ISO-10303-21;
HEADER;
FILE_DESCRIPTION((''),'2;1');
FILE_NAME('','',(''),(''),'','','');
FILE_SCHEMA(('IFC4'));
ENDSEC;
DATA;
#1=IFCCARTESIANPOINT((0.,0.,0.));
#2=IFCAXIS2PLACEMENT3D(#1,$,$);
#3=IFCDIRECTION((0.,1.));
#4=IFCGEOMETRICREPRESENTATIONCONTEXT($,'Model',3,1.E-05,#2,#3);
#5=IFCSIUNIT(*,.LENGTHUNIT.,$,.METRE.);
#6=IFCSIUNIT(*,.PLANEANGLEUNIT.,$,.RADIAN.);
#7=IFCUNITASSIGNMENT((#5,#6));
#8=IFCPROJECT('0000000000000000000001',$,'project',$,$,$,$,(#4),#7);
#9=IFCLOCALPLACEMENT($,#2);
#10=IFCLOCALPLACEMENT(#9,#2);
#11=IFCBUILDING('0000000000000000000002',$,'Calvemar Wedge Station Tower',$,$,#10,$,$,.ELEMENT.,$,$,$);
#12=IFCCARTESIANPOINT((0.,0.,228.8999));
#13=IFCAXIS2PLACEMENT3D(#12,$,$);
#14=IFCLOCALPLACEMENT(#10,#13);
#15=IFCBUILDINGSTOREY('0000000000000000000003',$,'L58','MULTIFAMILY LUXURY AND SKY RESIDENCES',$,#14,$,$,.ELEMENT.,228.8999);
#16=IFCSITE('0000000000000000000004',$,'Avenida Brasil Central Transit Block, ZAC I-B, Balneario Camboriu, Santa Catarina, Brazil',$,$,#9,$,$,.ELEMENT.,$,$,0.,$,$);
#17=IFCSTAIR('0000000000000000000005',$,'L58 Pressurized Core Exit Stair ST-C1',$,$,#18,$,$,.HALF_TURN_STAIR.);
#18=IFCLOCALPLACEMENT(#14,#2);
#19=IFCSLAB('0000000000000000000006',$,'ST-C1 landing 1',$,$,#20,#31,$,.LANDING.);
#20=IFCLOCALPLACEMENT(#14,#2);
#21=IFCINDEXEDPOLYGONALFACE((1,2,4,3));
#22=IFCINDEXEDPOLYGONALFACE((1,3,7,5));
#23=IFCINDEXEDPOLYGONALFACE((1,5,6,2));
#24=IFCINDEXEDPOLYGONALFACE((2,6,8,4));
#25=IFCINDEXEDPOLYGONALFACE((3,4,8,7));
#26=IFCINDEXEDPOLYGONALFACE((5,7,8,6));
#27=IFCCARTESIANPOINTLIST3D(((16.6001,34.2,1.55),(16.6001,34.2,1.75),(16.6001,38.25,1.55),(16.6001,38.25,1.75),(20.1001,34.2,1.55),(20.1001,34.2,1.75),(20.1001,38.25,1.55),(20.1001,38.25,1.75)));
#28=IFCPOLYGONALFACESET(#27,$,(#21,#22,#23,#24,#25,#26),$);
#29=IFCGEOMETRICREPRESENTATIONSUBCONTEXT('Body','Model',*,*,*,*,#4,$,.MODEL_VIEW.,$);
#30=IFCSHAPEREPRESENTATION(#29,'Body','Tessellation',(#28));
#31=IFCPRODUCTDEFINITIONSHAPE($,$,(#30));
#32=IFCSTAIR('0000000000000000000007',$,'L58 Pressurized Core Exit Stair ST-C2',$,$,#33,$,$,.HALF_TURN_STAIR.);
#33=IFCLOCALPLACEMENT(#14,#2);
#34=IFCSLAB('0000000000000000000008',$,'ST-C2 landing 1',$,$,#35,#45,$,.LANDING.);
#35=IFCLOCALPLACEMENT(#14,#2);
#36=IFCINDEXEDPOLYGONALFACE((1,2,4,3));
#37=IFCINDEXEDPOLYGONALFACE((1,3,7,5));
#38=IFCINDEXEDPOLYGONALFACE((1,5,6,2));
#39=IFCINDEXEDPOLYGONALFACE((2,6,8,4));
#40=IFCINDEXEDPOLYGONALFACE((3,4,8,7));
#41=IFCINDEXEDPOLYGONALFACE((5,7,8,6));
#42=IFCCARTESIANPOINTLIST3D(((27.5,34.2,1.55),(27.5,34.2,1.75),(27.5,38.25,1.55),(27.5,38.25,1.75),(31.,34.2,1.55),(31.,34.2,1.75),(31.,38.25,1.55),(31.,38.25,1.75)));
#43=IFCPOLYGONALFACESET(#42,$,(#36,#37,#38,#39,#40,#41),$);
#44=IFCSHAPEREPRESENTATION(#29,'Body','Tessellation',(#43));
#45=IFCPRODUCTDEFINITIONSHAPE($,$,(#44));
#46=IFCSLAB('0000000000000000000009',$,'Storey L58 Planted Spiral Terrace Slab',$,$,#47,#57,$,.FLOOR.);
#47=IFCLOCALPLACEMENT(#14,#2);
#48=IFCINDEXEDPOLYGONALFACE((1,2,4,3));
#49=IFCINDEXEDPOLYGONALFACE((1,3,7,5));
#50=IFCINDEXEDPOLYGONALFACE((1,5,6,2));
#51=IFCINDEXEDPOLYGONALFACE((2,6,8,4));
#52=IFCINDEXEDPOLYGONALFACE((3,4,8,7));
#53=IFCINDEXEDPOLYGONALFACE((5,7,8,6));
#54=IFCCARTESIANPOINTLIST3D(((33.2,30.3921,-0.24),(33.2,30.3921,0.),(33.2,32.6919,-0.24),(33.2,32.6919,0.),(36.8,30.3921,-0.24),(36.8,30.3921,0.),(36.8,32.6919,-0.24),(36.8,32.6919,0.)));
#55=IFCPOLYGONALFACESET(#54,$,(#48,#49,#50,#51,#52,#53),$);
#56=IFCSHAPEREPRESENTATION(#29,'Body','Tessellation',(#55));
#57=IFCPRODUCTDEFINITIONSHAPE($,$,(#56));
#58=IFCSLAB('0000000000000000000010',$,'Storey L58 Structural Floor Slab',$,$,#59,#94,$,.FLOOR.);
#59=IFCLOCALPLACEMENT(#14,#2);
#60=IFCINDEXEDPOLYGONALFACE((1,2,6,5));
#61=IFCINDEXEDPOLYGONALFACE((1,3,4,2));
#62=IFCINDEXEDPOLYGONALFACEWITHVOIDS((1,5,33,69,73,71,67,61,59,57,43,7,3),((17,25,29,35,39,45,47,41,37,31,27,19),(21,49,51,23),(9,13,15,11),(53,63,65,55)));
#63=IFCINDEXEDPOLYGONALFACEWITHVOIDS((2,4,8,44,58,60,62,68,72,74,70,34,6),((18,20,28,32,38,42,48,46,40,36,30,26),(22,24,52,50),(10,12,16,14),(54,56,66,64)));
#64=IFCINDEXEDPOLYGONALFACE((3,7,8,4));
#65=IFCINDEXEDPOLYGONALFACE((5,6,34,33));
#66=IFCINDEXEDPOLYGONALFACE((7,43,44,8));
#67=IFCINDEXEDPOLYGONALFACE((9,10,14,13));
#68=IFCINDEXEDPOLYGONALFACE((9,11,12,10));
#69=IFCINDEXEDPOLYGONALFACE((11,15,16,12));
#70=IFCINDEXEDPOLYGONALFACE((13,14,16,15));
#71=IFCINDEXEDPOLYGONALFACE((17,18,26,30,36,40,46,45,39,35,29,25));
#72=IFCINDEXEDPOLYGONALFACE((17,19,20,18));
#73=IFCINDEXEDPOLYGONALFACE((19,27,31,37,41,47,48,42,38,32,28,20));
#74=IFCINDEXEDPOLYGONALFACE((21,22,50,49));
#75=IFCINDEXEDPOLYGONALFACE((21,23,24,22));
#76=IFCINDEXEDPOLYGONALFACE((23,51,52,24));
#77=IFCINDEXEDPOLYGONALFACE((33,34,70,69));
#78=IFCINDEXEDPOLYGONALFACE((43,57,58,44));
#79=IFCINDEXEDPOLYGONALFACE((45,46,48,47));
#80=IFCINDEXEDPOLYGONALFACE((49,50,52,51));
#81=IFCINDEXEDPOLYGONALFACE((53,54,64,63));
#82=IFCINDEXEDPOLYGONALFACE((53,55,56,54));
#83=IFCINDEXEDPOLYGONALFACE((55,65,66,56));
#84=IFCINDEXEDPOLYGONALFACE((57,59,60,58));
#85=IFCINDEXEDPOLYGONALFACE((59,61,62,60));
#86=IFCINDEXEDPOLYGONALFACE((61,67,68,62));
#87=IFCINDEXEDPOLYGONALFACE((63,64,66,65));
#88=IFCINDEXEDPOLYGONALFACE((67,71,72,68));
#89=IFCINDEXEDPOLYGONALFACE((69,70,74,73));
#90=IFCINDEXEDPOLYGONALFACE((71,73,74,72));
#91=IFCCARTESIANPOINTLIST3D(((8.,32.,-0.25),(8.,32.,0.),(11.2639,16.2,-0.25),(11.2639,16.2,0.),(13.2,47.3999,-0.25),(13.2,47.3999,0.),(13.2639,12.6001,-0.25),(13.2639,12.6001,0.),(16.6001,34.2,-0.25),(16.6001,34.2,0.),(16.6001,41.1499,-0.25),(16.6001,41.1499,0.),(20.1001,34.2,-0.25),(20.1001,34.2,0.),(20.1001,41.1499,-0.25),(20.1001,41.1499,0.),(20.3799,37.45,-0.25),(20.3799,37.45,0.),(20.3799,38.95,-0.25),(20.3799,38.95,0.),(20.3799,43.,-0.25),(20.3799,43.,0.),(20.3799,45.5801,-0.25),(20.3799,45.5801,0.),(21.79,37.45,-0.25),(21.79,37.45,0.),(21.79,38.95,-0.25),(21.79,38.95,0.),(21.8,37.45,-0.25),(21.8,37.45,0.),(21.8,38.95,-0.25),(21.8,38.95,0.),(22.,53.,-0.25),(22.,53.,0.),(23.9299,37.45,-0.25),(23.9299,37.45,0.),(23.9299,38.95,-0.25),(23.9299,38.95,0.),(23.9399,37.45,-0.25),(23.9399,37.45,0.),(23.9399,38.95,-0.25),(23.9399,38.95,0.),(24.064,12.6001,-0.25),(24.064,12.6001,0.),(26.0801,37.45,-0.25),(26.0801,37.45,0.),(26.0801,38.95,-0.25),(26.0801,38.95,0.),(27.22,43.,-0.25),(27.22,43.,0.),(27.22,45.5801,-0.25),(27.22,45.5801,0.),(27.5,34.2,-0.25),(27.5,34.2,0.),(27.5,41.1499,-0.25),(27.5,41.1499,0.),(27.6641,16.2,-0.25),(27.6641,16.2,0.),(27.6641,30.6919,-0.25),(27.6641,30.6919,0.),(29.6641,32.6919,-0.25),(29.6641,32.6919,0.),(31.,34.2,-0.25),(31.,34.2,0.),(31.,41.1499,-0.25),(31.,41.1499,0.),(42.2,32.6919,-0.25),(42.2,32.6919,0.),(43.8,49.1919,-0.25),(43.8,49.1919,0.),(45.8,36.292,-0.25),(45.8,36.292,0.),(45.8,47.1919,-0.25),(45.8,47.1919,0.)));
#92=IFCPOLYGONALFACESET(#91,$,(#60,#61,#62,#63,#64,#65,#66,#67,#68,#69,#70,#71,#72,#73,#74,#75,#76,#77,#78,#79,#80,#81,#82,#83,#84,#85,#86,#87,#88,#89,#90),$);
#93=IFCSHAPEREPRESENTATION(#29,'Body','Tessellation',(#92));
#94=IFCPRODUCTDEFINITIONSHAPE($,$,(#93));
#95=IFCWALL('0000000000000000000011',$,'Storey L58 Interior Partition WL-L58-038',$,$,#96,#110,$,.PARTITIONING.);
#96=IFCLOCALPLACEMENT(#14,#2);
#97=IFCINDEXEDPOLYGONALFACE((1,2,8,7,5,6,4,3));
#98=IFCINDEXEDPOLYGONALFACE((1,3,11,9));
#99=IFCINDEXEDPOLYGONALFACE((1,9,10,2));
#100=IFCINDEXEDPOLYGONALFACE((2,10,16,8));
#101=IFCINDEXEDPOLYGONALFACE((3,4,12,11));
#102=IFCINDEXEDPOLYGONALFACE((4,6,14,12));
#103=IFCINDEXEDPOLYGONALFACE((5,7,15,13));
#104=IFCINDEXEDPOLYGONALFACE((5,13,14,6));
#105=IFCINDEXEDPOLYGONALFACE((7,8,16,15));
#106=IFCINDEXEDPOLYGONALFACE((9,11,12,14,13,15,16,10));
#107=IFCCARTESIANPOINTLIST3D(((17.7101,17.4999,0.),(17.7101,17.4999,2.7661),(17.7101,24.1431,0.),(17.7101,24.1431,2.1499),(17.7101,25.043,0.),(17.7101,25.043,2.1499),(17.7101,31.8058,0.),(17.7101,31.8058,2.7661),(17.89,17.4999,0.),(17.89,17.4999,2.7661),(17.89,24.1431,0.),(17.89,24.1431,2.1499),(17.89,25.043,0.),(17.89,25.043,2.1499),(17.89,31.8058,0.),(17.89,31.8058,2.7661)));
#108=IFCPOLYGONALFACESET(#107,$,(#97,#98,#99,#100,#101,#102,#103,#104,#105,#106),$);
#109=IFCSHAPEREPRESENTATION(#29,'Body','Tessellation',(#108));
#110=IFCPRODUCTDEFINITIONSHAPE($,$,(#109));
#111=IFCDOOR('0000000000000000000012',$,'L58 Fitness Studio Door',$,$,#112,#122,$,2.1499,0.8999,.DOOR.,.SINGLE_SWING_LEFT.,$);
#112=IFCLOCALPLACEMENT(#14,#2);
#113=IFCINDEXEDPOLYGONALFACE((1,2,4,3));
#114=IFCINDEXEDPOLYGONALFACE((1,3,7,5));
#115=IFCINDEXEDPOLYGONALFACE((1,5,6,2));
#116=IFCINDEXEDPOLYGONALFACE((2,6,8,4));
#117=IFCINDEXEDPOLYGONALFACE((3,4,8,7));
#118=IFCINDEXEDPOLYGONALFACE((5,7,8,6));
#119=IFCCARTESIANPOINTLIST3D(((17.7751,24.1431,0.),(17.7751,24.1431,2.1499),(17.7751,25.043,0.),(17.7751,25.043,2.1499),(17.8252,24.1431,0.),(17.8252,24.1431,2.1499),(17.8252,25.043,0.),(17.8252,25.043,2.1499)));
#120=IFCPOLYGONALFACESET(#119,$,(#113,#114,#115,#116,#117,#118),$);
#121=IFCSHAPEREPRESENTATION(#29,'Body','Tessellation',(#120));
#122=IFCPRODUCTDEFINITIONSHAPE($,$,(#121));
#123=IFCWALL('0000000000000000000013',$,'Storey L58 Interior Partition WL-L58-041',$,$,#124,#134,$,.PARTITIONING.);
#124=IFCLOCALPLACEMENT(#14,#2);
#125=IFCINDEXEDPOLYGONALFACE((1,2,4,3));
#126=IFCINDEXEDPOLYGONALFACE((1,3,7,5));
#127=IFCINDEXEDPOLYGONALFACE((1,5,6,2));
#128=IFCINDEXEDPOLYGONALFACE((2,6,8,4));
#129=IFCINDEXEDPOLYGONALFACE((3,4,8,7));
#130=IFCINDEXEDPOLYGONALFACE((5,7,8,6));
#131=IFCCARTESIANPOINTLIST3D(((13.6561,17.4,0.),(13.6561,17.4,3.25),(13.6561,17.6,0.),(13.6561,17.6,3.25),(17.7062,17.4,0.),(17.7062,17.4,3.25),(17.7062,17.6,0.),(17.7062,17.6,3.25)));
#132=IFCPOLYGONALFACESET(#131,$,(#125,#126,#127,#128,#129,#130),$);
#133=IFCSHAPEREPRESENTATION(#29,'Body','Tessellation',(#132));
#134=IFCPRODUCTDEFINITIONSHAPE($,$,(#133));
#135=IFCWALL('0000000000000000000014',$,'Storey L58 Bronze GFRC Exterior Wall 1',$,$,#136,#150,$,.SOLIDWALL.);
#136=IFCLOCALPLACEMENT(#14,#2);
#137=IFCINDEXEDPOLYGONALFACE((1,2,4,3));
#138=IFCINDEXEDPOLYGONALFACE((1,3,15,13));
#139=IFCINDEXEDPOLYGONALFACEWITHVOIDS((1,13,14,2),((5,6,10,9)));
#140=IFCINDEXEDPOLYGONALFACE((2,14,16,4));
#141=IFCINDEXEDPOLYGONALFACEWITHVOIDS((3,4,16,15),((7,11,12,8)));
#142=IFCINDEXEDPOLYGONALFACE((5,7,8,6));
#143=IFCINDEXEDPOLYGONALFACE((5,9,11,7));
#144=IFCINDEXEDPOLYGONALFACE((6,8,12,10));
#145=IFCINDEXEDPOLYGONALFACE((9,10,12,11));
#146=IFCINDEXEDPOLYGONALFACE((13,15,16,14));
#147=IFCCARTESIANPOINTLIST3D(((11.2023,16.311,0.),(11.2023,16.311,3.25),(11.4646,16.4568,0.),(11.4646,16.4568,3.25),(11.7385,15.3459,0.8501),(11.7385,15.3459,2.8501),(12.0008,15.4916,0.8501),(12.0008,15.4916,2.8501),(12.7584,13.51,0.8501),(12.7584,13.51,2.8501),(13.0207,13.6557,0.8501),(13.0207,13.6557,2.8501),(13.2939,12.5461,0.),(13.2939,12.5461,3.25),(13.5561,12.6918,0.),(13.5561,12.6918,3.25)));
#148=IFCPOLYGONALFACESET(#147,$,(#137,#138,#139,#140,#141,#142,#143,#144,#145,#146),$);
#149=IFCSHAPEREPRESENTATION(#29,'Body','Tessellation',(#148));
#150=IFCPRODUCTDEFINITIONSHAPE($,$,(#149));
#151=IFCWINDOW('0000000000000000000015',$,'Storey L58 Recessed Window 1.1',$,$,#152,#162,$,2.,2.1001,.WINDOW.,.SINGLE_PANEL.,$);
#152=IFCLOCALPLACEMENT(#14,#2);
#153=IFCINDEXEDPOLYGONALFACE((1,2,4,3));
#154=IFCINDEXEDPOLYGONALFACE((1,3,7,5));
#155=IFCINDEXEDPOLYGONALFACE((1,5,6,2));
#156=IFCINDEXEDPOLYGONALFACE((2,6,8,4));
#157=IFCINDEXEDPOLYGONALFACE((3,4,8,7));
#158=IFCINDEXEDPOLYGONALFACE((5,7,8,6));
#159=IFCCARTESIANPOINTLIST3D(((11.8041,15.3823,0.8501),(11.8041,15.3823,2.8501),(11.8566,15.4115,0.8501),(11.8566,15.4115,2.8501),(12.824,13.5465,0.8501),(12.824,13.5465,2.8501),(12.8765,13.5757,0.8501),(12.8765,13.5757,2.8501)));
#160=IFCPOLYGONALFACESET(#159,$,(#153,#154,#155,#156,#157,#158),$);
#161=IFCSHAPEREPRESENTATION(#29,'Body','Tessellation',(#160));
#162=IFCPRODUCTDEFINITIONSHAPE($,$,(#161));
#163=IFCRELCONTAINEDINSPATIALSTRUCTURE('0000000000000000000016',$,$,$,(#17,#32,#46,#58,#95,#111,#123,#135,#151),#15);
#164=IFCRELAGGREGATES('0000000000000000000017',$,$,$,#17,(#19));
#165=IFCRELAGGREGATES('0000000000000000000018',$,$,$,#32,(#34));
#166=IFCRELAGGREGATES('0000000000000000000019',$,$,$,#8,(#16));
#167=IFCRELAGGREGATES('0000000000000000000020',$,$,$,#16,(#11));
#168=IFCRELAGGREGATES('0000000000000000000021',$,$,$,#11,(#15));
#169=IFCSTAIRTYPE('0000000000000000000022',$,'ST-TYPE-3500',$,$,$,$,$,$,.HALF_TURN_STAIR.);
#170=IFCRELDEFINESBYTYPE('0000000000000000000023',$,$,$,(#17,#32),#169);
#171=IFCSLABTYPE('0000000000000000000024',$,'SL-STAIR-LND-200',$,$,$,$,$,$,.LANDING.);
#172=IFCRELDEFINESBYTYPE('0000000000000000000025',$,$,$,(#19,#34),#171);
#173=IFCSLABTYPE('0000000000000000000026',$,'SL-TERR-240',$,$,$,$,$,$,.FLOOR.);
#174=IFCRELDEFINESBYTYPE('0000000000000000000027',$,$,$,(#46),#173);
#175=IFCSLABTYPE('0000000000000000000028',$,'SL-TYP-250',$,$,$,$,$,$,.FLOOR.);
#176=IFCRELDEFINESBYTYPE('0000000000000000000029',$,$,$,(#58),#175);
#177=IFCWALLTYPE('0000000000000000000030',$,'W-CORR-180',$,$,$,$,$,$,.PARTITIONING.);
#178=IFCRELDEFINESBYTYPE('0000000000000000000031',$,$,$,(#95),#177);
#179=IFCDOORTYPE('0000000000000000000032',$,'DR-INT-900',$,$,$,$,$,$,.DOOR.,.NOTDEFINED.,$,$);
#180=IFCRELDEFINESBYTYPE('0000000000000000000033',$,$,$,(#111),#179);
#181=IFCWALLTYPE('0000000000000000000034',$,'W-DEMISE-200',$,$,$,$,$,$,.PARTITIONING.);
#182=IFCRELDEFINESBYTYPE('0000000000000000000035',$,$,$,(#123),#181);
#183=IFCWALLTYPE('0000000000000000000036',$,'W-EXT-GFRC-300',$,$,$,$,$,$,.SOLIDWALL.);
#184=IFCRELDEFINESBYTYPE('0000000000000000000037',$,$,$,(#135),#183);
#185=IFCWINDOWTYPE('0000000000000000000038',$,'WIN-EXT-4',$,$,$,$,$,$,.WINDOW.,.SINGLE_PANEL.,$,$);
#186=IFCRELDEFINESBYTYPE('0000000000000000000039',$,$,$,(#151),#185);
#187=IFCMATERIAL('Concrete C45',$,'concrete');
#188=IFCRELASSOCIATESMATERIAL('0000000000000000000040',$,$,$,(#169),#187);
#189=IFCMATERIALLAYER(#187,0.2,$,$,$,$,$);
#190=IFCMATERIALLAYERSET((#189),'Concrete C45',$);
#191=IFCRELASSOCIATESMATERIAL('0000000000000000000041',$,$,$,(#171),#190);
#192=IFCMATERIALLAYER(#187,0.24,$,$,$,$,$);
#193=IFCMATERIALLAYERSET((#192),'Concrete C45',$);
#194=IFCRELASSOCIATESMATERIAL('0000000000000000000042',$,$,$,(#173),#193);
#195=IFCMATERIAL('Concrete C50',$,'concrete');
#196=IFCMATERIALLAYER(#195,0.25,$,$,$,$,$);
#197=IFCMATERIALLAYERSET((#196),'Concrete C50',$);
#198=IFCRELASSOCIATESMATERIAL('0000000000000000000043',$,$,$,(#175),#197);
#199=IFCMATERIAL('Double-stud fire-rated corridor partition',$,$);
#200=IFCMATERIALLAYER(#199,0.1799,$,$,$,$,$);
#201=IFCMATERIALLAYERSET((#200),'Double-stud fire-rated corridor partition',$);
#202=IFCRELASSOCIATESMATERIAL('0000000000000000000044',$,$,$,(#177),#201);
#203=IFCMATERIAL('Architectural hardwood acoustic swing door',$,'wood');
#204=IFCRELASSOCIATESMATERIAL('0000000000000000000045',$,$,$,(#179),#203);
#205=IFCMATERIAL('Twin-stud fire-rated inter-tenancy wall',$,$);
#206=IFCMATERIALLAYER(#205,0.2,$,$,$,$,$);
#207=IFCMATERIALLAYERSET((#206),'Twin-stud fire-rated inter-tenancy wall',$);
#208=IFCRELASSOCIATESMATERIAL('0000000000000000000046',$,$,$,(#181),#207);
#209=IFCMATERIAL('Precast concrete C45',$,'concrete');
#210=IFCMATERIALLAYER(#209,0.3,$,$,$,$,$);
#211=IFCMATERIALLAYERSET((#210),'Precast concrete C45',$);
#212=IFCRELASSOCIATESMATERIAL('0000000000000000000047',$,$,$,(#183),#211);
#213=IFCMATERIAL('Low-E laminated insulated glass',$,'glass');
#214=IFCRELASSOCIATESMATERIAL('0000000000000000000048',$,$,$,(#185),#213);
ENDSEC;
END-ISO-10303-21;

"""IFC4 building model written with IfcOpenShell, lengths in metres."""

from ifc_helpers import new_model, si_unit, direction, frame, frame_2d, origin, place, context, subcontext, project, spatial, polyline, rectangle, outline, extrude, source, transform, mapped, material, layer, layer_set, type_object, element, fill, aggregate, save


model = new_model("IFC4")

# Units and contexts
model_context = context("Model", 3, precision=1e-05, world=origin(), true_north=direction((0.0, 1.0)))
body_context = subcontext(model_context, "Body", "Model", "MODEL_VIEW")
ifc_project = project(units=[si_unit("LENGTHUNIT", "METRE"), si_unit("PLANEANGLEUNIT", "RADIAN")], contexts=[model_context])

# Site, building, storey
site_placement = place(None, origin())
site = spatial("IfcSite", under=ifc_project, at=site_placement, Name="Avenida Brasil Central Transit Block, ZAC I-B, Balneario Camboriu, Santa Catarina, Brazil", CompositionType="ELEMENT", RefElevation=0.0)
building_placement = place(site_placement, origin())
building = spatial("IfcBuilding", under=site, at=building_placement, Name="Calvemar Wedge Station Tower", CompositionType="ELEMENT")
storey_placement = place(building_placement, frame((0.0, 0.0, 228.8999)))
storey = spatial("IfcBuildingStorey", under=building, at=storey_placement, Name="L58", Description="MULTIFAMILY LUXURY AND SKY RESIDENCES", CompositionType="ELEMENT", Elevation=228.8999)

# Shared definitions
ifc_material_1 = material(Name="Concrete C50", Category="concrete")

# Stairs, slabs
ifc_material_2 = material(Name="Concrete C45", Category="concrete")
stair_type = type_object("IfcStairType", Name="ST-TYPE-3500", PredefinedType="HALF_TURN_STAIR", material=ifc_material_2)
stair_1_placement = place(storey_placement, origin())
stair_1 = element("IfcStair", 1, at=stair_1_placement, inside=storey, type_object=stair_type, Name="L58 Pressurized Core Exit Stair ST-C1", PredefinedType="HALF_TURN_STAIR")
ifc_layer_1 = layer(ifc_material_2, 0.2)
ifc_layer_set_1 = layer_set([ifc_layer_1], Name="Concrete C45")
slab_type_1 = type_object("IfcSlabType", Name="SL-STAIR-LND-200", PredefinedType="LANDING", material=ifc_layer_set_1)
slab_1_placement = place(storey_placement, frame((0.0, 0.0, 1.55)))
slab_1 = element("IfcSlab", 2, at=slab_1_placement, type_object=slab_type_1, Name="ST-C1 landing 1", PredefinedType="LANDING", context=body_context, shape_type="SweptSolid", body=[
    extrude(outline(polyline([(16.6001, 38.25), (16.6001, 34.2), (20.1001, 34.2), (20.1001, 38.25), (16.6001, 38.25)])), origin(), (0.0, 0.0, 1.0), 0.2),
])
aggregate(stair_1, [slab_1])
stair_2_placement = place(storey_placement, origin())
stair_2 = element("IfcStair", 3, at=stair_2_placement, inside=storey, type_object=stair_type, Name="L58 Pressurized Core Exit Stair ST-C2", PredefinedType="HALF_TURN_STAIR")
slab_2_placement = place(storey_placement, frame((0.0, 0.0, 1.55)))
slab_2 = element("IfcSlab", 4, at=slab_2_placement, type_object=slab_type_1, Name="ST-C2 landing 1", PredefinedType="LANDING", context=body_context, shape_type="SweptSolid", body=[
    extrude(outline(polyline([(27.5, 38.25), (27.5, 34.2), (31.0, 34.2), (31.0, 38.25), (27.5, 38.25)])), origin(), (0.0, 0.0, 1.0), 0.2),
])
aggregate(stair_2, [slab_2])

# Slabs
ifc_layer_2 = layer(ifc_material_2, 0.24)
ifc_layer_set_2 = layer_set([ifc_layer_2], Name="Concrete C45")
slab_type_2 = type_object("IfcSlabType", Name="SL-TERR-240", PredefinedType="FLOOR", material=ifc_layer_set_2)
slab_3_placement = place(storey_placement, frame((0.0, 0.0, -0.24)))
element("IfcSlab", 5, at=slab_3_placement, inside=storey, type_object=slab_type_2, Name="Storey L58 Planted Spiral Terrace Slab", PredefinedType="FLOOR", context=body_context, shape_type="SweptSolid", body=[
    extrude(outline(polyline([(33.2, 32.6919), (33.2, 30.3921), (36.8, 30.3921), (36.8, 32.6919), (33.2, 32.6919)])), origin(), (0.0, 0.0, 1.0), 0.24),
])
ifc_layer_3 = layer(ifc_material_1, 0.25)
ifc_layer_set_3 = layer_set([ifc_layer_3], Name="Concrete C50")
slab_type_3 = type_object("IfcSlabType", Name="SL-TYP-250", PredefinedType="FLOOR", material=ifc_layer_set_3)
slab_4_placement = place(storey_placement, frame((0.0, 0.0, -0.25)))
element("IfcSlab", 6, at=slab_4_placement, inside=storey, type_object=slab_type_3, Name="Storey L58 Structural Floor Slab", PredefinedType="FLOOR", context=body_context, shape_type="SweptSolid", body=[
    extrude(outline(polyline([(8.0, 32.0), (11.2639, 16.2), (13.2639, 12.6001), (24.064, 12.6001), (27.6641, 16.2), (27.6641, 30.6919), (29.6641, 32.6919), (42.2, 32.6919), (45.8, 36.292), (45.8, 47.1919), (43.8, 49.1919), (22.0, 53.0), (13.2, 47.3999), (8.0, 32.0)]), holes=[polyline([(20.1001, 34.2), (20.1001, 41.1499), (16.6001, 41.1499), (16.6001, 34.2), (20.1001, 34.2)]), polyline([(27.5, 34.2), (31.0, 34.2), (31.0, 41.1499), (27.5, 41.1499), (27.5, 34.2)]), polyline([(21.8, 37.45), (23.9299, 37.45), (23.9399, 37.45), (26.0801, 37.45), (26.0801, 38.95), (23.9399, 38.95), (23.9299, 38.95), (21.8, 38.95), (21.79, 38.95), (20.3799, 38.95), (20.3799, 37.45), (21.79, 37.45), (21.8, 37.45)]), polyline([(27.22, 43.0), (27.22, 45.5801), (20.3799, 45.5801), (20.3799, 43.0), (27.22, 43.0)])]), origin(), (0.0, 0.0, 1.0), 0.25),
])

# Wall, opening, door
ifc_material_3 = material(Name="Double-stud fire-rated corridor partition")
ifc_layer_4 = layer(ifc_material_3, 0.1799)
ifc_layer_set_4 = layer_set([ifc_layer_4], Name="Double-stud fire-rated corridor partition")
wall_type_1 = type_object("IfcWallType", Name="W-CORR-180", PredefinedType="PARTITIONING", material=ifc_layer_set_4)
wall_1_placement = place(storey_placement, frame((17.8, 17.5, 0.0), z_axis=(0.0, 0.0, 1.0), x_axis=(0.0, 1.0, 0.0)))
wall_1 = element("IfcWall", 7, at=wall_1_placement, inside=storey, type_object=wall_type_1, Name="Storey L58 Interior Partition WL-L58-038", PredefinedType="PARTITIONING", context=body_context, shape_type="SweptSolid", body=[
    extrude(rectangle(XDim=14.3059, YDim=0.1799, at=frame_2d((7.1528, 0.0))), origin(), (0.0, 0.0, 1.0), 2.7661),
])
shared_shape_1 = source(origin(), body_context, "Body", "SweptSolid", [
    extrude(rectangle(XDim=0.8999, YDim=2.1499, at=frame_2d((0.45, 1.075))), frame((0.0, 0.1001, 0.0), z_axis=(0.0, -1.0, 0.0), x_axis=(1.0, 0.0, 0.0)), (0.0, 0.0, 1.0), 0.2),
])
opening_1_placement = place(wall_1_placement, frame((6.6431, 0.0, 0.0)))
opening_1 = element("IfcOpeningElement", 8, at=opening_1_placement, cuts=wall_1, PredefinedType="OPENING", context=body_context, shape_type="MappedRepresentation", body=[
    mapped(shared_shape_1, transform((0.0, 0.0, 0.0), scale=1.0)),
])
ifc_material_4 = material(Name="Architectural hardwood acoustic swing door", Category="wood")
door_type_1 = type_object("IfcDoorType", Name="DR-INT-900", OperationType="NOTDEFINED", PredefinedType="DOOR", material=ifc_material_4)
shared_shape_2 = source(origin(), body_context, "Body", "SweptSolid", [
    extrude(rectangle(XDim=0.8999, YDim=2.1499, at=frame_2d((0.45, 1.075))), frame((0.0, 0.0249, 0.0), z_axis=(0.0, -1.0, 0.0), x_axis=(1.0, 0.0, 0.0)), (0.0, 0.0, 1.0), 0.05),
])
door_1_placement = place(opening_1_placement, origin())
door_1 = element("IfcDoor", 9, at=door_1_placement, inside=storey, type_object=door_type_1, Name="L58 Fitness Studio Door", OperationType="SINGLE_SWING_LEFT", OverallHeight=2.1499, OverallWidth=0.8999, PredefinedType="DOOR", context=body_context, shape_type="MappedRepresentation", body=[
    mapped(shared_shape_2, transform((0.0, 0.0, 0.0), scale=1.0)),
])
fill(opening_1, door_1)

# Wall
ifc_material_5 = material(Name="Twin-stud fire-rated inter-tenancy wall")
ifc_layer_5 = layer(ifc_material_5, 0.2)
ifc_layer_set_5 = layer_set([ifc_layer_5], Name="Twin-stud fire-rated inter-tenancy wall")
wall_type_2 = type_object("IfcWallType", Name="W-DEMISE-200", PredefinedType="PARTITIONING", material=ifc_layer_set_5)
wall_2_placement = place(storey_placement, frame((17.7061, 17.5, 0.0), z_axis=(0.0, 0.0, 1.0), x_axis=(-1.0, 0.0, 0.0)))
element("IfcWall", 10, at=wall_2_placement, inside=storey, type_object=wall_type_2, Name="Storey L58 Interior Partition WL-L58-041", PredefinedType="PARTITIONING", context=body_context, shape_type="SweptSolid", body=[
    extrude(rectangle(XDim=4.05, YDim=0.2, at=frame_2d((2.0249, 0.0))), origin(), (0.0, 0.0, 1.0), 3.25),
])

# Wall, opening, window
ifc_material_6 = material(Name="Precast concrete C45", Category="concrete")
ifc_layer_6 = layer(ifc_material_6, 0.3)
ifc_layer_set_6 = layer_set([ifc_layer_6], Name="Precast concrete C45")
wall_type_3 = type_object("IfcWallType", Name="W-EXT-GFRC-300", PredefinedType="SOLIDWALL", material=ifc_layer_set_6)
wall_3_placement = place(storey_placement, frame((11.3335, 16.3838, 0.0), z_axis=(0.0, 0.0, 1.0), x_axis=(0.485633, -0.874163, 0.0)))
wall_3 = element("IfcWall", 11, at=wall_3_placement, inside=storey, type_object=wall_type_3, Name="Storey L58 Bronze GFRC Exterior Wall 1", PredefinedType="SOLIDWALL", context=body_context, shape_type="SweptSolid", body=[
    extrude(rectangle(XDim=4.3069, YDim=0.3, at=frame_2d((2.1533, 0.0))), origin(), (0.0, 0.0, 1.0), 3.25),
])
shared_shape_3 = source(origin(), body_context, "Body", "SweptSolid", [
    extrude(rectangle(XDim=2.1001, YDim=2.0, at=frame_2d((1.05, 1.0))), frame((0.0, 0.1602, 0.0), z_axis=(0.0, -1.0, 0.0), x_axis=(1.0, 0.0, 0.0)), (0.0, 0.0, 1.0), 0.3201),
])
opening_2_placement = place(wall_3_placement, frame((1.104, 0.0, 0.8501)))
opening_2 = element("IfcOpeningElement", 12, at=opening_2_placement, cuts=wall_3, PredefinedType="OPENING", context=body_context, shape_type="MappedRepresentation", body=[
    mapped(shared_shape_3, transform((0.0, 0.0, 0.0), scale=1.0)),
])
ifc_material_7 = material(Name="Low-E laminated insulated glass", Category="glass")
window_type_1 = type_object("IfcWindowType", Name="WIN-EXT-4", PartitioningType="SINGLE_PANEL", PredefinedType="WINDOW", material=ifc_material_7)
shared_shape_4 = source(origin(), body_context, "Body", "SweptSolid", [
    extrude(rectangle(XDim=2.1001, YDim=2.0, at=frame_2d((1.05, 1.0))), frame((0.0, -0.0149, 0.0), z_axis=(0.0, -1.0, 0.0), x_axis=(1.0, 0.0, 0.0)), (0.0, 0.0, 1.0), 0.0601),
])
window_1_placement = place(opening_2_placement, origin())
window_1 = element("IfcWindow", 13, at=window_1_placement, inside=storey, type_object=window_type_1, Name="Storey L58 Recessed Window 1.1", OverallHeight=2.0, OverallWidth=2.1001, PartitioningType="SINGLE_PANEL", PredefinedType="WINDOW", context=body_context, shape_type="MappedRepresentation", body=[
    mapped(shared_shape_4, transform((0.0, 0.0, 0.0), scale=1.0)),
])
fill(opening_2, window_1)

save(model, "model.ifc")
